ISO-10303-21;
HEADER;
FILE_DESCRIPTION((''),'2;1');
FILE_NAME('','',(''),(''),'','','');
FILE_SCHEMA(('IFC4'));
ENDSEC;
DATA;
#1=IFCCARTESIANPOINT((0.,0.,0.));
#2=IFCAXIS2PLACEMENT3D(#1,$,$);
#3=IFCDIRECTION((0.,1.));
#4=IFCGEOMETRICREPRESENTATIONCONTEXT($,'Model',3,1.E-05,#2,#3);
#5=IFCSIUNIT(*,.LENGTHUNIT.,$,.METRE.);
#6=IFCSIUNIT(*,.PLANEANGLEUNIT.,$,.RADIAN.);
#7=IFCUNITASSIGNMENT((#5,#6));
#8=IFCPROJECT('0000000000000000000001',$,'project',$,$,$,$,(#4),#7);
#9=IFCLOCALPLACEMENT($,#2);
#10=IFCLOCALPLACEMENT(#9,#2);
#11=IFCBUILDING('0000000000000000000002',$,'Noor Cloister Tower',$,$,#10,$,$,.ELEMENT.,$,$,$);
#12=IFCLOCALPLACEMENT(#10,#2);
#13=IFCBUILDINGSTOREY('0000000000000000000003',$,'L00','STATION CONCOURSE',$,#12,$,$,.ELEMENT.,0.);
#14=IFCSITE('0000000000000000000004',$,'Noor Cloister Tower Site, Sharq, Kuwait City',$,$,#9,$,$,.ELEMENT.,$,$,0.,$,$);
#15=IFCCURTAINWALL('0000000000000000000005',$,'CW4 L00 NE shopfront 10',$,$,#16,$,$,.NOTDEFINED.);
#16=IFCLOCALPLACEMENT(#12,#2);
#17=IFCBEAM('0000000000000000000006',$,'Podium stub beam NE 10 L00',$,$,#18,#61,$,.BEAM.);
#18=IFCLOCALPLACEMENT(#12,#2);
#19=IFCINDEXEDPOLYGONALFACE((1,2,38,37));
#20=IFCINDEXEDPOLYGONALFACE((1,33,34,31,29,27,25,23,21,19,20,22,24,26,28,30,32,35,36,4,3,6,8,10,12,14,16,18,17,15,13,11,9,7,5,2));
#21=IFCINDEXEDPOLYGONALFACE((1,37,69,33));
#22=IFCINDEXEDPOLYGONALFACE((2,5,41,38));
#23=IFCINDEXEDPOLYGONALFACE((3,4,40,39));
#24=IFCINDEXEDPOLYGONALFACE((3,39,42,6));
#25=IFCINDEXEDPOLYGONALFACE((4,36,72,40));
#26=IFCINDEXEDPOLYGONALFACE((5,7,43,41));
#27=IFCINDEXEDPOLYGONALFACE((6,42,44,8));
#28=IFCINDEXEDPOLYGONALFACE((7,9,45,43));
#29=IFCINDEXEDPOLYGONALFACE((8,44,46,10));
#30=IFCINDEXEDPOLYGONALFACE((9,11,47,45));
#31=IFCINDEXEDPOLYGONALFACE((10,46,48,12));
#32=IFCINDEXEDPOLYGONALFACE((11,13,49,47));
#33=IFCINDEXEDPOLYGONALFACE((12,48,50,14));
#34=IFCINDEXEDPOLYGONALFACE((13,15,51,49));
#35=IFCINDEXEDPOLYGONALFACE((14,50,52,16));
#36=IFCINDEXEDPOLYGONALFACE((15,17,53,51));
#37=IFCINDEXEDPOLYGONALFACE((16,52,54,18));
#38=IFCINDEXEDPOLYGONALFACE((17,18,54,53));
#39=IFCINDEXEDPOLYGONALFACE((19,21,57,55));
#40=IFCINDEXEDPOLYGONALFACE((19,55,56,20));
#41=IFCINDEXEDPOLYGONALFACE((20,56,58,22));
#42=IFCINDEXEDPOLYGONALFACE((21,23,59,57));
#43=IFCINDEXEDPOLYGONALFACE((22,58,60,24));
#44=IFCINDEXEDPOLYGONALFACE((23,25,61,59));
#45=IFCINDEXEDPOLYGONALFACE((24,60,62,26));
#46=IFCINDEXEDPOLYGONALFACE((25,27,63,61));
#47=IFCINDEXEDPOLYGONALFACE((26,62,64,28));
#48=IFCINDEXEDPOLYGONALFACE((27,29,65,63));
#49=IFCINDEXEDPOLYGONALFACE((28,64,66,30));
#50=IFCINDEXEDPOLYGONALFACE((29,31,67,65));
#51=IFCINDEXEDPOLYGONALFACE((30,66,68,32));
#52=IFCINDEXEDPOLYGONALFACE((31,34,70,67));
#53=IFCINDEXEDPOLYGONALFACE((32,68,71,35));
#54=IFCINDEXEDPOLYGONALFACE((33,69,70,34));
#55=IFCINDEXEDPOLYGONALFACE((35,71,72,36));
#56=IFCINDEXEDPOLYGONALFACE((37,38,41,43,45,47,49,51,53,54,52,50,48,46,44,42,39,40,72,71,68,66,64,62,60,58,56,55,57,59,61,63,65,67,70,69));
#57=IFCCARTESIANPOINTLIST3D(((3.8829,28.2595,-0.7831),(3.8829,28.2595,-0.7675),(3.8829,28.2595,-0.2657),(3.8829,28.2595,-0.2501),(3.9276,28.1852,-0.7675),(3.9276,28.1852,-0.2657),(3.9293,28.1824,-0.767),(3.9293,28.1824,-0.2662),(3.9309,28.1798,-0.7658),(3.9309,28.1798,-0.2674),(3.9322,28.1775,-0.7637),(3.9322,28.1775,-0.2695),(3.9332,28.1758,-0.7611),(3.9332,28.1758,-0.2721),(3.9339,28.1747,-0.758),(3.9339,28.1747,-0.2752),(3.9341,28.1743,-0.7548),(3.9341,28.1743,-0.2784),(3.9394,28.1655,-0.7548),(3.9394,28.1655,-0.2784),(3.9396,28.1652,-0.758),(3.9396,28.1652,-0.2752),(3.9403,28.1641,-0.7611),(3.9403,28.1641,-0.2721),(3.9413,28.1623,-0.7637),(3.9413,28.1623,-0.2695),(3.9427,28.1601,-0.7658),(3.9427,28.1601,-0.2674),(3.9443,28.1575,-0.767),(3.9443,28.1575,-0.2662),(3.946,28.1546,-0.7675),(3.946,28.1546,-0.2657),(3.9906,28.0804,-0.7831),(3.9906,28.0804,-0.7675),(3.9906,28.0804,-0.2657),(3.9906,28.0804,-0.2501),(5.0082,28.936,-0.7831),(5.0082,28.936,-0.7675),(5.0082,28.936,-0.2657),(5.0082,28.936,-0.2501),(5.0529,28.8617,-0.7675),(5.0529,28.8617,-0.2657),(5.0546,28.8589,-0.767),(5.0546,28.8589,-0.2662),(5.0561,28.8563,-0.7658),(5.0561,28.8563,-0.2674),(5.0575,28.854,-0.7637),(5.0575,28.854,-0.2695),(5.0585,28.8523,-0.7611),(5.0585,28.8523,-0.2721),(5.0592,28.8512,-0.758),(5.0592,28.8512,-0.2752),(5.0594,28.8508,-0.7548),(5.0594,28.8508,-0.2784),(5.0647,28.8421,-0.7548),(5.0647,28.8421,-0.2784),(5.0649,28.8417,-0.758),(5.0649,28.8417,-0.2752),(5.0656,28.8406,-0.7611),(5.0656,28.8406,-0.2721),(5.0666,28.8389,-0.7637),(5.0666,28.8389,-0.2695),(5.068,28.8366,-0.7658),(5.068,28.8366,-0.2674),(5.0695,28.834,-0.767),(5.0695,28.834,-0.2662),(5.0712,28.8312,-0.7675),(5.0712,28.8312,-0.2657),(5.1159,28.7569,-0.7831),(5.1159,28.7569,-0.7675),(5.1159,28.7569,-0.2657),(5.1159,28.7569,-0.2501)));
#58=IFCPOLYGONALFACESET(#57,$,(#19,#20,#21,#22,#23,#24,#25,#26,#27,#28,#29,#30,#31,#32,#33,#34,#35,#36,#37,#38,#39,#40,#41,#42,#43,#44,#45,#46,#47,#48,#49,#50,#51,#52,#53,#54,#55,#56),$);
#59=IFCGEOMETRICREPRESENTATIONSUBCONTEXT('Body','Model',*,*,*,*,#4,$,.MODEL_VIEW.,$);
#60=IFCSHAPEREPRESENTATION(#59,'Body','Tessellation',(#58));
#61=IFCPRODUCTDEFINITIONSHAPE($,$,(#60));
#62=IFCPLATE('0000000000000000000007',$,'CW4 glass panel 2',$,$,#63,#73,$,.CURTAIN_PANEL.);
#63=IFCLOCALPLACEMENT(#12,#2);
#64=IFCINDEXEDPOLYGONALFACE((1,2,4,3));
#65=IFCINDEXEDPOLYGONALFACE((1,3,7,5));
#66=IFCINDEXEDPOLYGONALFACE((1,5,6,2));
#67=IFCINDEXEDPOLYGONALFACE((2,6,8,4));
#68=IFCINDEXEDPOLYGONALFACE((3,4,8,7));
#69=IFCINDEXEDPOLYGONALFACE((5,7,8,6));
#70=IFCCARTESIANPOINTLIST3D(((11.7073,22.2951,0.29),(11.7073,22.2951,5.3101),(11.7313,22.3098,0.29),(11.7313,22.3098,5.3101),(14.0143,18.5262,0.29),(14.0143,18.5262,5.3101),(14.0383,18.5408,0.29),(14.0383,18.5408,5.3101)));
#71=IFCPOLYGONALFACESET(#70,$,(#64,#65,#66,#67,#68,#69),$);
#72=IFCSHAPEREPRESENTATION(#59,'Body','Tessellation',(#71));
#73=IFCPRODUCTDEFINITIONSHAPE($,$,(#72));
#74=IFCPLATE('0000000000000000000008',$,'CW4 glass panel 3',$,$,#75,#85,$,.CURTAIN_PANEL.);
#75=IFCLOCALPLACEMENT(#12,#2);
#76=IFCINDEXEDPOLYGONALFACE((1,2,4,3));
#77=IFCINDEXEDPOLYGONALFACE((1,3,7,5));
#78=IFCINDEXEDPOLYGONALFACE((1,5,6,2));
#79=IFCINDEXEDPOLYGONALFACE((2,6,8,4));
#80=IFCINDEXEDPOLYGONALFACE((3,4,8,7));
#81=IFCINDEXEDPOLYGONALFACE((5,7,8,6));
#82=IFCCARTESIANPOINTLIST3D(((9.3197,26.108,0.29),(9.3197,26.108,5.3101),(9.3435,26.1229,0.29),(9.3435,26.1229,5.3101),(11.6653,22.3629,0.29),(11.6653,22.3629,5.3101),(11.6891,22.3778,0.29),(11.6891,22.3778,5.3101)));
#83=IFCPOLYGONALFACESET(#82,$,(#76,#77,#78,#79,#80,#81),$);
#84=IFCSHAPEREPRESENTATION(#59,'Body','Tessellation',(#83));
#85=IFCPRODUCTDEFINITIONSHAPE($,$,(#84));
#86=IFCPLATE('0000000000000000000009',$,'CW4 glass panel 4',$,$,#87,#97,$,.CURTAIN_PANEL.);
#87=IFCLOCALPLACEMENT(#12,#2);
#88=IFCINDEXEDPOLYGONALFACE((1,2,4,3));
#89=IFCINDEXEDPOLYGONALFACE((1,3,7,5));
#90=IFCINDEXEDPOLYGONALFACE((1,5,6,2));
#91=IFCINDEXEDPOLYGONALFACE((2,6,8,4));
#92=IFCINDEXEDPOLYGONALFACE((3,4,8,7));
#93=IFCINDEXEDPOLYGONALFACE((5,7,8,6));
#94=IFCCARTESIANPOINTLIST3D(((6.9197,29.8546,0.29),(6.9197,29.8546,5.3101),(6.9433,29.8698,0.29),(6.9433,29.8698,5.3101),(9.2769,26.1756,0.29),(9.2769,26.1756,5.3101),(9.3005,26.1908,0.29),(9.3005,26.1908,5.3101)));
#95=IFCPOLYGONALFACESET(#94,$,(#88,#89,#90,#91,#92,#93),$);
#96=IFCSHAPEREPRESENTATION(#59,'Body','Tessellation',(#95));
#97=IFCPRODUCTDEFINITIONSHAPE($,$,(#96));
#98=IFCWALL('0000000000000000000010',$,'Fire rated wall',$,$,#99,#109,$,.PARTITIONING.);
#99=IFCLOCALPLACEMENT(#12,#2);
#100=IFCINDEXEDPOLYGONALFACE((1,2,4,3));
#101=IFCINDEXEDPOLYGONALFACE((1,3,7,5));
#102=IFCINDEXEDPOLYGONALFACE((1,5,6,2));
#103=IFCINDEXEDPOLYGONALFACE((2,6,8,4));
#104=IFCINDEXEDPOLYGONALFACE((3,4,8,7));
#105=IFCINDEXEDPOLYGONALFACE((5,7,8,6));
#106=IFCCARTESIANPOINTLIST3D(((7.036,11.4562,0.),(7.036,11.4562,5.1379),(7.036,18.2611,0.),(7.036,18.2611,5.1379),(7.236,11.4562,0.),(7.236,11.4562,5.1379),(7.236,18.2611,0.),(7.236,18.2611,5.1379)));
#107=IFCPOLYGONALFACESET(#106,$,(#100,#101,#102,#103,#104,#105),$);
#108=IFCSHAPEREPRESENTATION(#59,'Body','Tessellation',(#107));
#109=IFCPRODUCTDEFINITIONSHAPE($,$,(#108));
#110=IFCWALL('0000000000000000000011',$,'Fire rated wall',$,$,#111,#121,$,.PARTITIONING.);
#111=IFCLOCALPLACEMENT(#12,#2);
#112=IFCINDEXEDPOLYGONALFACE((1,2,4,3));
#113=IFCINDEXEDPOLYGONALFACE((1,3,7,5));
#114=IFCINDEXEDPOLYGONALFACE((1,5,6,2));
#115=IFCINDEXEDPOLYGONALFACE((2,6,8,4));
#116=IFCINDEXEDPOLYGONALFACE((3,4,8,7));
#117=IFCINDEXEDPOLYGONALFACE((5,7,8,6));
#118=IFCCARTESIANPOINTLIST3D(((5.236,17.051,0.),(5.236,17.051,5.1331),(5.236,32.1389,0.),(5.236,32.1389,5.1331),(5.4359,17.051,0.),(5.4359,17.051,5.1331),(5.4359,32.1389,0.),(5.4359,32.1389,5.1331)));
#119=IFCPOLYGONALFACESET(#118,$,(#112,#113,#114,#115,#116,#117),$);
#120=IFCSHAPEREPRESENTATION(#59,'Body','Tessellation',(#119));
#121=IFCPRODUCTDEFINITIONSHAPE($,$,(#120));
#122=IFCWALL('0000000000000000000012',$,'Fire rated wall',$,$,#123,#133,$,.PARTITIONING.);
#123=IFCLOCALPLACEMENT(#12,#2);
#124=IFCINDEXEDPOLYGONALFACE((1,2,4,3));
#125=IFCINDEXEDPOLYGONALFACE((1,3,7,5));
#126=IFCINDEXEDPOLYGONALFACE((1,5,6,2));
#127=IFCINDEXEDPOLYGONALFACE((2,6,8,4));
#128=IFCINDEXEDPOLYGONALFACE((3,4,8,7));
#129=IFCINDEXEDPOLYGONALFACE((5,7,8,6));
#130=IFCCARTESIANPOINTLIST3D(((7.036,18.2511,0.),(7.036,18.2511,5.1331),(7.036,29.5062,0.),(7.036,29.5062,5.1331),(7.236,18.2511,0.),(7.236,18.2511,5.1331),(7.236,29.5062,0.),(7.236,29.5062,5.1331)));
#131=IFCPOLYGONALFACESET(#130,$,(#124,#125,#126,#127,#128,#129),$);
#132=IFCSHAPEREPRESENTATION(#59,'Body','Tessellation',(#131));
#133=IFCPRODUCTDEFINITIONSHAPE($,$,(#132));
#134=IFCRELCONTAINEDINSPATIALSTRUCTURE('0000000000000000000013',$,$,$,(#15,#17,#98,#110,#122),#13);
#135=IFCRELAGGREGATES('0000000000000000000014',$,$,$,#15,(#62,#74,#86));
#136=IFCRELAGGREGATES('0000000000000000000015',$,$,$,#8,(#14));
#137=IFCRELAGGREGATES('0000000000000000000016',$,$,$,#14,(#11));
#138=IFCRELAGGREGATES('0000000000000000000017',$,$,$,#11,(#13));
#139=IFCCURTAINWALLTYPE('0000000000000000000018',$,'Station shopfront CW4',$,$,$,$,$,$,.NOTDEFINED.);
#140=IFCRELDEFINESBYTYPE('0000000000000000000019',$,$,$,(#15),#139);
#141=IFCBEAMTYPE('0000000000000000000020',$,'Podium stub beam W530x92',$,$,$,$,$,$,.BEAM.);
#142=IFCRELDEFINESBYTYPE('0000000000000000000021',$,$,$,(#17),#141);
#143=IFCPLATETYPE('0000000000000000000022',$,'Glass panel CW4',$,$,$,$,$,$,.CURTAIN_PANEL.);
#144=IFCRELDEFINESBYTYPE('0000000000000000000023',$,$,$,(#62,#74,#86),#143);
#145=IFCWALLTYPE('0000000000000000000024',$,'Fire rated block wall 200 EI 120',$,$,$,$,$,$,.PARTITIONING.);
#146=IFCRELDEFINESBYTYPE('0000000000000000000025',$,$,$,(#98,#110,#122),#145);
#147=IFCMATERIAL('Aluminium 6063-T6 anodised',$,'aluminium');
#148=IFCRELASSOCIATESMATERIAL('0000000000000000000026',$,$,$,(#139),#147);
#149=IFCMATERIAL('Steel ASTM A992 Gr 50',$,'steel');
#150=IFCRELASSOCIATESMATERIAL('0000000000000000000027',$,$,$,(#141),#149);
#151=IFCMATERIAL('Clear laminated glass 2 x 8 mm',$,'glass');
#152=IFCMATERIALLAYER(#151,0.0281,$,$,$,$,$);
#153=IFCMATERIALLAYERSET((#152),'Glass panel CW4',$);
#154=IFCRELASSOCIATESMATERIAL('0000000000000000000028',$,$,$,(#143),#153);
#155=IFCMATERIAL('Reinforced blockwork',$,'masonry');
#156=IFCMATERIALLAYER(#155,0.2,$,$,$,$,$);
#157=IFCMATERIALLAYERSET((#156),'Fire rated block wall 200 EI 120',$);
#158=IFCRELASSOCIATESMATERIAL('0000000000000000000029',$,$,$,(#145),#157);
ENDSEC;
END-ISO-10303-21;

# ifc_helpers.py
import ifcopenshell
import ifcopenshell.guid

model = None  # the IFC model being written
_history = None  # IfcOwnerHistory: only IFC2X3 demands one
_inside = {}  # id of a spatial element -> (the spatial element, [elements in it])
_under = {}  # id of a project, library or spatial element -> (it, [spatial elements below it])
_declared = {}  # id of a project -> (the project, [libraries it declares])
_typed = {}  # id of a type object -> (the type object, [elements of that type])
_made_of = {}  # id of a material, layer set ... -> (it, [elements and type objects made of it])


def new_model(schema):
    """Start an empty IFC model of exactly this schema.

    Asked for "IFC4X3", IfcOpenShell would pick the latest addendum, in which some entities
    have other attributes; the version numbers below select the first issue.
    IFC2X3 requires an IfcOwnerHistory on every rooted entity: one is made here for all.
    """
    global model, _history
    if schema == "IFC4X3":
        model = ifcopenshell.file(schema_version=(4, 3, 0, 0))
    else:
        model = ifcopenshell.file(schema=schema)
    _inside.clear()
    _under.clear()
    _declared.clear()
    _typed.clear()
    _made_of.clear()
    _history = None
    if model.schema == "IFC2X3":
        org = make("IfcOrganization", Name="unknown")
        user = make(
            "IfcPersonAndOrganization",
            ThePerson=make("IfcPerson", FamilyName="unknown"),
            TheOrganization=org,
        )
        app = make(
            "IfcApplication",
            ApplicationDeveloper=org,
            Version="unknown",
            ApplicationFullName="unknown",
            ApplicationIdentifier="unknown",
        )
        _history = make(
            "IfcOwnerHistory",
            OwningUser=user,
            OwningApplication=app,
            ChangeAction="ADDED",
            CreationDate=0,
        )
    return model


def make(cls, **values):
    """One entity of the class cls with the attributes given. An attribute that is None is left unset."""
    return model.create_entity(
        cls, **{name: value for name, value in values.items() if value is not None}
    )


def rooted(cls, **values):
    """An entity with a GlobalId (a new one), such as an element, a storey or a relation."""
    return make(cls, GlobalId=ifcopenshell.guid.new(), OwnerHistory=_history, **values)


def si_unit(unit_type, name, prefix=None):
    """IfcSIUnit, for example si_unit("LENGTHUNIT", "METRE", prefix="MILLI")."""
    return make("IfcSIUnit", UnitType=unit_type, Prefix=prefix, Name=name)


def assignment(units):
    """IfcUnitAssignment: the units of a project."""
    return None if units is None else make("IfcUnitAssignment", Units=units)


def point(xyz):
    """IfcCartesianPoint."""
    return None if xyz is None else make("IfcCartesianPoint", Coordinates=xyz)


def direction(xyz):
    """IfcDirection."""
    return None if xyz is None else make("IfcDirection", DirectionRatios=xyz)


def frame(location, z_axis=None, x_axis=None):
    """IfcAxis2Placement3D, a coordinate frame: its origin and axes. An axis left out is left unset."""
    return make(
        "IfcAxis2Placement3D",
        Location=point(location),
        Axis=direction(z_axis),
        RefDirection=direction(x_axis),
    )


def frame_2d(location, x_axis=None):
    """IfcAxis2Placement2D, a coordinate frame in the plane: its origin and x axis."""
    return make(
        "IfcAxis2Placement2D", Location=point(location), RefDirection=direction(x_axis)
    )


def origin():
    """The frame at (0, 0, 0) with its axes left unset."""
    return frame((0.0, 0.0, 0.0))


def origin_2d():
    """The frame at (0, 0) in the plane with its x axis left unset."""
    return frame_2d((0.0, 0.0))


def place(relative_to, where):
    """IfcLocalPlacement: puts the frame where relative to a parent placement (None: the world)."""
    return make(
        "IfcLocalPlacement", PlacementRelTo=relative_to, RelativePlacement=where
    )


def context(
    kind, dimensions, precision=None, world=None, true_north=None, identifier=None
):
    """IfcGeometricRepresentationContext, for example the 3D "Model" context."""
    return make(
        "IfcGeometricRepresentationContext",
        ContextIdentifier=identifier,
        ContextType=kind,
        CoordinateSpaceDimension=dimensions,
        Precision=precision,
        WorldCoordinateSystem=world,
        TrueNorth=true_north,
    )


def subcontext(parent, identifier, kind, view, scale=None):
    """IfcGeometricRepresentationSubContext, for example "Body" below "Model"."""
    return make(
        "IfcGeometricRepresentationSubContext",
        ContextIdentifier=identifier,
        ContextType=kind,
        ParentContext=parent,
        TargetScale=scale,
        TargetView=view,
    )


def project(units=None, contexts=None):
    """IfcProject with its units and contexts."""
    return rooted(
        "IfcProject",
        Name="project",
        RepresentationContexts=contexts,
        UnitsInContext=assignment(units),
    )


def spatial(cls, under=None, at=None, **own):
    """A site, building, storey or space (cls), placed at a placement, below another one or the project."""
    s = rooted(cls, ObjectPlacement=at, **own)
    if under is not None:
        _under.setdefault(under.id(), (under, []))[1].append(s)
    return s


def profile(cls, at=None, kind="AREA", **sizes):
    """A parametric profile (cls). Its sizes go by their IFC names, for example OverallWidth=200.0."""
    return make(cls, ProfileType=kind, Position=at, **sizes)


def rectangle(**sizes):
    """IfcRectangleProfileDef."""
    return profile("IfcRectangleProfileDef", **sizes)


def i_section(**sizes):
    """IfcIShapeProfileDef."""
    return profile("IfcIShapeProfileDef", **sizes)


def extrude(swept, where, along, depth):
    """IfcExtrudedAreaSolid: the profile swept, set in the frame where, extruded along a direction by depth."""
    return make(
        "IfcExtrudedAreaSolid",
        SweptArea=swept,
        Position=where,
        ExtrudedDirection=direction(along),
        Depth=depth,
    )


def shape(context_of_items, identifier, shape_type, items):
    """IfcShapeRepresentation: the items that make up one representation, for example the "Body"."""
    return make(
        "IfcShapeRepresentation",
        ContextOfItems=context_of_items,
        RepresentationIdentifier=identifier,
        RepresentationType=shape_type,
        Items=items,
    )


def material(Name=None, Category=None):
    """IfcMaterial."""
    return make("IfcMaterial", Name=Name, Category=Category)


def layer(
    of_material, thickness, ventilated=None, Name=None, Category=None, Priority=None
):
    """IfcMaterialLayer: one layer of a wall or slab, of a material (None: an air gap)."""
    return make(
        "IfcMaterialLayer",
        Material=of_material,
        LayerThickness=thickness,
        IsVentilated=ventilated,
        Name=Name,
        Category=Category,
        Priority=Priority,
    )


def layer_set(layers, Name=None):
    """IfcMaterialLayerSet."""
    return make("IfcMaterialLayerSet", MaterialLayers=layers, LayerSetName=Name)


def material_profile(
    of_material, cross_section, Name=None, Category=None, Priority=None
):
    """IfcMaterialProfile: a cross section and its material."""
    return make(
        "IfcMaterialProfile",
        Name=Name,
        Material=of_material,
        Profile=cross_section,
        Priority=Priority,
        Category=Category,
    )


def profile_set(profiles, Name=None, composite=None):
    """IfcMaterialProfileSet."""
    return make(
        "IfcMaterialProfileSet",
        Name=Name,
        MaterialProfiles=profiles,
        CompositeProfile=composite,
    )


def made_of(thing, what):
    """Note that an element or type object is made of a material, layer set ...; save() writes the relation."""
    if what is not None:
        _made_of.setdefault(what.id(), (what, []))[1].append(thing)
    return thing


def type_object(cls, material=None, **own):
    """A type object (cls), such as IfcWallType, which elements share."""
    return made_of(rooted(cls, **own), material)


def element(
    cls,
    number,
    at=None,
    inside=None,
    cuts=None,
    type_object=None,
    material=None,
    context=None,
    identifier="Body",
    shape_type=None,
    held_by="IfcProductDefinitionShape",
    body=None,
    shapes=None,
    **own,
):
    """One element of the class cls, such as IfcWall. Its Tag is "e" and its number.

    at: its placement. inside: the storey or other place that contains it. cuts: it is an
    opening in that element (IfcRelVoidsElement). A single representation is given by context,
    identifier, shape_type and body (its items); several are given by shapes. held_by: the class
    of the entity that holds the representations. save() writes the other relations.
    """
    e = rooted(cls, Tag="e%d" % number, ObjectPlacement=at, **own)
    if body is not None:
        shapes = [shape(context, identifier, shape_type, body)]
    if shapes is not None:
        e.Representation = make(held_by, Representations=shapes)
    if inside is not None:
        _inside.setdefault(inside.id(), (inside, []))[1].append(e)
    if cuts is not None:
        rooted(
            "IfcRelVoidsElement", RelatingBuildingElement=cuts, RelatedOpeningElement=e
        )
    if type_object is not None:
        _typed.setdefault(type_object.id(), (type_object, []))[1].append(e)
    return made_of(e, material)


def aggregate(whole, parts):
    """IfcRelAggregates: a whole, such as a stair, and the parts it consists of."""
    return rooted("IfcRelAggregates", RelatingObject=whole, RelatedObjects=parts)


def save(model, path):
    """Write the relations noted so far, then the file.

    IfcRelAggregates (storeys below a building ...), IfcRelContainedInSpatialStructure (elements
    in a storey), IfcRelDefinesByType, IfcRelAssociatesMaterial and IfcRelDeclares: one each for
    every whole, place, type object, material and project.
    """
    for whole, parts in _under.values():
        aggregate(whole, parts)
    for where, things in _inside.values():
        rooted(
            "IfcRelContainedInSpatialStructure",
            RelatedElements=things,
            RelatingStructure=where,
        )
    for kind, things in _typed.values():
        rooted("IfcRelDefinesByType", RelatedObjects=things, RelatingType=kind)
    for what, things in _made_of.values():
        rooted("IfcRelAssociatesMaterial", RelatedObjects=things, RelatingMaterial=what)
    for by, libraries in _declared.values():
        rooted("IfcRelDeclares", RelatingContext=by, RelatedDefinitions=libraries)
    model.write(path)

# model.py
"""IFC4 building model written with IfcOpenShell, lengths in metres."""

from ifc_helpers import new_model, si_unit, direction, frame, frame_2d, origin, origin_2d, place, context, subcontext, project, spatial, rectangle, i_section, extrude, material, layer, layer_set, material_profile, profile_set, type_object, element, aggregate, save


model = new_model("IFC4")

# Units and contexts
model_context = context("Model", 3, precision=1e-05, world=origin(), true_north=direction((0.0, 1.0)))
body_context = subcontext(model_context, "Body", "Model", "MODEL_VIEW")
ifc_project = project(units=[si_unit("LENGTHUNIT", "METRE"), si_unit("PLANEANGLEUNIT", "RADIAN")], contexts=[model_context])

# Site, building, storey
site_placement = place(None, origin())
site = spatial("IfcSite", under=ifc_project, at=site_placement, Name="Noor Cloister Tower Site, Sharq, Kuwait City", CompositionType="ELEMENT", RefElevation=0.0)
building_placement = place(site_placement, origin())
building = spatial("IfcBuilding", under=site, at=building_placement, Name="Noor Cloister Tower", CompositionType="ELEMENT")
storey_placement = place(building_placement, origin())
storey = spatial("IfcBuildingStorey", under=building, at=storey_placement, Name="L00", Description="STATION CONCOURSE", CompositionType="ELEMENT", Elevation=0.0)

# Curtain wall
ifc_material_1 = material(Name="Aluminium 6063-T6 anodised", Category="aluminium")
curtain_wall_type = type_object("IfcCurtainWallType", Name="Station shopfront CW4", PredefinedType="NOTDEFINED", material=ifc_material_1)
curtain_wall_placement = place(storey_placement, origin())
curtain_wall = element("IfcCurtainWall", 1, at=curtain_wall_placement, inside=storey, type_object=curtain_wall_type, Name="CW4 L00 NE shopfront 10", PredefinedType="NOTDEFINED")

# Beam
ifc_material_2 = material(Name="Steel ASTM A992 Gr 50", Category="steel")
ifc_material_profile_1 = material_profile(ifc_material_2, i_section(OverallWidth=0.209, OverallDepth=0.533, WebThickness=0.0103, FlangeThickness=0.0156, FilletRadius=0.0127, at=origin_2d()), Name="W530x92")
ifc_profile_set_1 = profile_set([ifc_material_profile_1], Name="Steel ASTM A992 Gr 50")
beam_type_1 = type_object("IfcBeamType", Name="Podium stub beam W530x92", PredefinedType="BEAM", material=ifc_profile_set_1)
beam_1_placement = place(storey_placement, frame((3.9368, 28.1699, -0.5166), z_axis=(0.857033, 0.515261, 0.0), x_axis=(-0.515261, 0.857033, 0.0)))
element("IfcBeam", 2, at=beam_1_placement, inside=storey, type_object=beam_type_1, Name="Podium stub beam NE 10 L00", PredefinedType="BEAM", context=body_context, shape_type="SweptSolid", body=[
    extrude(i_section(OverallWidth=0.209, OverallDepth=0.533, WebThickness=0.0103, FlangeThickness=0.0156, FilletRadius=0.0127, at=origin_2d()), origin(), (0.0, 0.0, 1.0), 1.313),
])

# Plates
ifc_material_3 = material(Name="Clear laminated glass 2 x 8 mm", Category="glass")
ifc_layer_1 = layer(ifc_material_3, 0.0281)
ifc_layer_set_1 = layer_set([ifc_layer_1], Name="Glass panel CW4")
plate_type = type_object("IfcPlateType", Name="Glass panel CW4", PredefinedType="CURTAIN_PANEL", material=ifc_layer_set_1)
plate_1_placement = place(storey_placement, frame((12.8728, 20.418, 0.29), z_axis=(0.0, 0.0, 1.0), x_axis=(-0.522066, 0.852905, 0.0)))
plate_1 = element("IfcPlate", 3, at=plate_1_placement, type_object=plate_type, Name="CW4 glass panel 2", PredefinedType="CURTAIN_PANEL", context=body_context, shape_type="SweptSolid", body=[
    extrude(rectangle(XDim=4.4189, YDim=0.0281, at=origin_2d()), origin(), (0.0, 0.0, 1.0), 5.02),
])
plate_2_placement = place(storey_placement, frame((10.5044, 24.2429, 0.29), z_axis=(0.0, 0.0, 1.0), x_axis=(-0.530797, 0.847499, 0.0)))
plate_2 = element("IfcPlate", 4, at=plate_2_placement, type_object=plate_type, Name="CW4 glass panel 3", PredefinedType="CURTAIN_PANEL", context=body_context, shape_type="SweptSolid", body=[
    extrude(rectangle(XDim=4.4189, YDim=0.0281, at=origin_2d()), origin(), (0.0, 0.0, 1.0), 5.02),
])
plate_3_placement = place(storey_placement, frame((8.1101, 28.0227, 0.29), z_axis=(0.0, 0.0, 1.0), x_axis=(-0.539473, 0.842003, 0.0)))
plate_3 = element("IfcPlate", 5, at=plate_3_placement, type_object=plate_type, Name="CW4 glass panel 4", PredefinedType="CURTAIN_PANEL", context=body_context, shape_type="SweptSolid", body=[
    extrude(rectangle(XDim=4.3694, YDim=0.0281, at=origin_2d()), origin(), (0.0, 0.0, 1.0), 5.02),
])
aggregate(curtain_wall, [plate_1, plate_2, plate_3])

# Walls
ifc_material_4 = material(Name="Reinforced blockwork", Category="masonry")
ifc_layer_2 = layer(ifc_material_4, 0.2)
ifc_layer_set_2 = layer_set([ifc_layer_2], Name="Fire rated block wall 200 EI 120")
wall_type_1 = type_object("IfcWallType", Name="Fire rated block wall 200 EI 120", PredefinedType="PARTITIONING", material=ifc_layer_set_2)
wall_1_placement = place(storey_placement, frame((7.136, 18.261, 0.0), z_axis=(0.0, 0.0, 1.0), x_axis=(0.0, -1.0, 0.0)))
element("IfcWall", 6, at=wall_1_placement, inside=storey, type_object=wall_type_1, Name="Fire rated wall", PredefinedType="PARTITIONING", context=body_context, shape_type="SweptSolid", body=[
    extrude(rectangle(XDim=6.8049, YDim=0.2, at=frame_2d((3.4023, 0.0))), origin(), (0.0, 0.0, 1.0), 5.1379),
])
wall_2_placement = place(storey_placement, frame((5.3359, 17.051, 0.0), z_axis=(0.0, 0.0, 1.0), x_axis=(0.0, 1.0, 0.0)))
element("IfcWall", 7, at=wall_2_placement, inside=storey, type_object=wall_type_1, Name="Fire rated wall", PredefinedType="PARTITIONING", context=body_context, shape_type="SweptSolid", body=[
    extrude(rectangle(XDim=15.0879, YDim=0.2, at=frame_2d((7.5439, 0.0))), origin(), (0.0, 0.0, 1.0), 5.1331),
])
wall_3_placement = place(storey_placement, frame((7.136, 29.5061, 0.0), z_axis=(0.0, 0.0, 1.0), x_axis=(0.0, -1.0, 0.0)))
element("IfcWall", 8, at=wall_3_placement, inside=storey, type_object=wall_type_1, Name="Fire rated wall", PredefinedType="PARTITIONING", context=body_context, shape_type="SweptSolid", body=[
    extrude(rectangle(XDim=11.2551, YDim=0.2, at=frame_2d((5.6274, 0.0))), origin(), (0.0, 0.0, 1.0), 5.1331),
])

save(model, "model.ifc")
